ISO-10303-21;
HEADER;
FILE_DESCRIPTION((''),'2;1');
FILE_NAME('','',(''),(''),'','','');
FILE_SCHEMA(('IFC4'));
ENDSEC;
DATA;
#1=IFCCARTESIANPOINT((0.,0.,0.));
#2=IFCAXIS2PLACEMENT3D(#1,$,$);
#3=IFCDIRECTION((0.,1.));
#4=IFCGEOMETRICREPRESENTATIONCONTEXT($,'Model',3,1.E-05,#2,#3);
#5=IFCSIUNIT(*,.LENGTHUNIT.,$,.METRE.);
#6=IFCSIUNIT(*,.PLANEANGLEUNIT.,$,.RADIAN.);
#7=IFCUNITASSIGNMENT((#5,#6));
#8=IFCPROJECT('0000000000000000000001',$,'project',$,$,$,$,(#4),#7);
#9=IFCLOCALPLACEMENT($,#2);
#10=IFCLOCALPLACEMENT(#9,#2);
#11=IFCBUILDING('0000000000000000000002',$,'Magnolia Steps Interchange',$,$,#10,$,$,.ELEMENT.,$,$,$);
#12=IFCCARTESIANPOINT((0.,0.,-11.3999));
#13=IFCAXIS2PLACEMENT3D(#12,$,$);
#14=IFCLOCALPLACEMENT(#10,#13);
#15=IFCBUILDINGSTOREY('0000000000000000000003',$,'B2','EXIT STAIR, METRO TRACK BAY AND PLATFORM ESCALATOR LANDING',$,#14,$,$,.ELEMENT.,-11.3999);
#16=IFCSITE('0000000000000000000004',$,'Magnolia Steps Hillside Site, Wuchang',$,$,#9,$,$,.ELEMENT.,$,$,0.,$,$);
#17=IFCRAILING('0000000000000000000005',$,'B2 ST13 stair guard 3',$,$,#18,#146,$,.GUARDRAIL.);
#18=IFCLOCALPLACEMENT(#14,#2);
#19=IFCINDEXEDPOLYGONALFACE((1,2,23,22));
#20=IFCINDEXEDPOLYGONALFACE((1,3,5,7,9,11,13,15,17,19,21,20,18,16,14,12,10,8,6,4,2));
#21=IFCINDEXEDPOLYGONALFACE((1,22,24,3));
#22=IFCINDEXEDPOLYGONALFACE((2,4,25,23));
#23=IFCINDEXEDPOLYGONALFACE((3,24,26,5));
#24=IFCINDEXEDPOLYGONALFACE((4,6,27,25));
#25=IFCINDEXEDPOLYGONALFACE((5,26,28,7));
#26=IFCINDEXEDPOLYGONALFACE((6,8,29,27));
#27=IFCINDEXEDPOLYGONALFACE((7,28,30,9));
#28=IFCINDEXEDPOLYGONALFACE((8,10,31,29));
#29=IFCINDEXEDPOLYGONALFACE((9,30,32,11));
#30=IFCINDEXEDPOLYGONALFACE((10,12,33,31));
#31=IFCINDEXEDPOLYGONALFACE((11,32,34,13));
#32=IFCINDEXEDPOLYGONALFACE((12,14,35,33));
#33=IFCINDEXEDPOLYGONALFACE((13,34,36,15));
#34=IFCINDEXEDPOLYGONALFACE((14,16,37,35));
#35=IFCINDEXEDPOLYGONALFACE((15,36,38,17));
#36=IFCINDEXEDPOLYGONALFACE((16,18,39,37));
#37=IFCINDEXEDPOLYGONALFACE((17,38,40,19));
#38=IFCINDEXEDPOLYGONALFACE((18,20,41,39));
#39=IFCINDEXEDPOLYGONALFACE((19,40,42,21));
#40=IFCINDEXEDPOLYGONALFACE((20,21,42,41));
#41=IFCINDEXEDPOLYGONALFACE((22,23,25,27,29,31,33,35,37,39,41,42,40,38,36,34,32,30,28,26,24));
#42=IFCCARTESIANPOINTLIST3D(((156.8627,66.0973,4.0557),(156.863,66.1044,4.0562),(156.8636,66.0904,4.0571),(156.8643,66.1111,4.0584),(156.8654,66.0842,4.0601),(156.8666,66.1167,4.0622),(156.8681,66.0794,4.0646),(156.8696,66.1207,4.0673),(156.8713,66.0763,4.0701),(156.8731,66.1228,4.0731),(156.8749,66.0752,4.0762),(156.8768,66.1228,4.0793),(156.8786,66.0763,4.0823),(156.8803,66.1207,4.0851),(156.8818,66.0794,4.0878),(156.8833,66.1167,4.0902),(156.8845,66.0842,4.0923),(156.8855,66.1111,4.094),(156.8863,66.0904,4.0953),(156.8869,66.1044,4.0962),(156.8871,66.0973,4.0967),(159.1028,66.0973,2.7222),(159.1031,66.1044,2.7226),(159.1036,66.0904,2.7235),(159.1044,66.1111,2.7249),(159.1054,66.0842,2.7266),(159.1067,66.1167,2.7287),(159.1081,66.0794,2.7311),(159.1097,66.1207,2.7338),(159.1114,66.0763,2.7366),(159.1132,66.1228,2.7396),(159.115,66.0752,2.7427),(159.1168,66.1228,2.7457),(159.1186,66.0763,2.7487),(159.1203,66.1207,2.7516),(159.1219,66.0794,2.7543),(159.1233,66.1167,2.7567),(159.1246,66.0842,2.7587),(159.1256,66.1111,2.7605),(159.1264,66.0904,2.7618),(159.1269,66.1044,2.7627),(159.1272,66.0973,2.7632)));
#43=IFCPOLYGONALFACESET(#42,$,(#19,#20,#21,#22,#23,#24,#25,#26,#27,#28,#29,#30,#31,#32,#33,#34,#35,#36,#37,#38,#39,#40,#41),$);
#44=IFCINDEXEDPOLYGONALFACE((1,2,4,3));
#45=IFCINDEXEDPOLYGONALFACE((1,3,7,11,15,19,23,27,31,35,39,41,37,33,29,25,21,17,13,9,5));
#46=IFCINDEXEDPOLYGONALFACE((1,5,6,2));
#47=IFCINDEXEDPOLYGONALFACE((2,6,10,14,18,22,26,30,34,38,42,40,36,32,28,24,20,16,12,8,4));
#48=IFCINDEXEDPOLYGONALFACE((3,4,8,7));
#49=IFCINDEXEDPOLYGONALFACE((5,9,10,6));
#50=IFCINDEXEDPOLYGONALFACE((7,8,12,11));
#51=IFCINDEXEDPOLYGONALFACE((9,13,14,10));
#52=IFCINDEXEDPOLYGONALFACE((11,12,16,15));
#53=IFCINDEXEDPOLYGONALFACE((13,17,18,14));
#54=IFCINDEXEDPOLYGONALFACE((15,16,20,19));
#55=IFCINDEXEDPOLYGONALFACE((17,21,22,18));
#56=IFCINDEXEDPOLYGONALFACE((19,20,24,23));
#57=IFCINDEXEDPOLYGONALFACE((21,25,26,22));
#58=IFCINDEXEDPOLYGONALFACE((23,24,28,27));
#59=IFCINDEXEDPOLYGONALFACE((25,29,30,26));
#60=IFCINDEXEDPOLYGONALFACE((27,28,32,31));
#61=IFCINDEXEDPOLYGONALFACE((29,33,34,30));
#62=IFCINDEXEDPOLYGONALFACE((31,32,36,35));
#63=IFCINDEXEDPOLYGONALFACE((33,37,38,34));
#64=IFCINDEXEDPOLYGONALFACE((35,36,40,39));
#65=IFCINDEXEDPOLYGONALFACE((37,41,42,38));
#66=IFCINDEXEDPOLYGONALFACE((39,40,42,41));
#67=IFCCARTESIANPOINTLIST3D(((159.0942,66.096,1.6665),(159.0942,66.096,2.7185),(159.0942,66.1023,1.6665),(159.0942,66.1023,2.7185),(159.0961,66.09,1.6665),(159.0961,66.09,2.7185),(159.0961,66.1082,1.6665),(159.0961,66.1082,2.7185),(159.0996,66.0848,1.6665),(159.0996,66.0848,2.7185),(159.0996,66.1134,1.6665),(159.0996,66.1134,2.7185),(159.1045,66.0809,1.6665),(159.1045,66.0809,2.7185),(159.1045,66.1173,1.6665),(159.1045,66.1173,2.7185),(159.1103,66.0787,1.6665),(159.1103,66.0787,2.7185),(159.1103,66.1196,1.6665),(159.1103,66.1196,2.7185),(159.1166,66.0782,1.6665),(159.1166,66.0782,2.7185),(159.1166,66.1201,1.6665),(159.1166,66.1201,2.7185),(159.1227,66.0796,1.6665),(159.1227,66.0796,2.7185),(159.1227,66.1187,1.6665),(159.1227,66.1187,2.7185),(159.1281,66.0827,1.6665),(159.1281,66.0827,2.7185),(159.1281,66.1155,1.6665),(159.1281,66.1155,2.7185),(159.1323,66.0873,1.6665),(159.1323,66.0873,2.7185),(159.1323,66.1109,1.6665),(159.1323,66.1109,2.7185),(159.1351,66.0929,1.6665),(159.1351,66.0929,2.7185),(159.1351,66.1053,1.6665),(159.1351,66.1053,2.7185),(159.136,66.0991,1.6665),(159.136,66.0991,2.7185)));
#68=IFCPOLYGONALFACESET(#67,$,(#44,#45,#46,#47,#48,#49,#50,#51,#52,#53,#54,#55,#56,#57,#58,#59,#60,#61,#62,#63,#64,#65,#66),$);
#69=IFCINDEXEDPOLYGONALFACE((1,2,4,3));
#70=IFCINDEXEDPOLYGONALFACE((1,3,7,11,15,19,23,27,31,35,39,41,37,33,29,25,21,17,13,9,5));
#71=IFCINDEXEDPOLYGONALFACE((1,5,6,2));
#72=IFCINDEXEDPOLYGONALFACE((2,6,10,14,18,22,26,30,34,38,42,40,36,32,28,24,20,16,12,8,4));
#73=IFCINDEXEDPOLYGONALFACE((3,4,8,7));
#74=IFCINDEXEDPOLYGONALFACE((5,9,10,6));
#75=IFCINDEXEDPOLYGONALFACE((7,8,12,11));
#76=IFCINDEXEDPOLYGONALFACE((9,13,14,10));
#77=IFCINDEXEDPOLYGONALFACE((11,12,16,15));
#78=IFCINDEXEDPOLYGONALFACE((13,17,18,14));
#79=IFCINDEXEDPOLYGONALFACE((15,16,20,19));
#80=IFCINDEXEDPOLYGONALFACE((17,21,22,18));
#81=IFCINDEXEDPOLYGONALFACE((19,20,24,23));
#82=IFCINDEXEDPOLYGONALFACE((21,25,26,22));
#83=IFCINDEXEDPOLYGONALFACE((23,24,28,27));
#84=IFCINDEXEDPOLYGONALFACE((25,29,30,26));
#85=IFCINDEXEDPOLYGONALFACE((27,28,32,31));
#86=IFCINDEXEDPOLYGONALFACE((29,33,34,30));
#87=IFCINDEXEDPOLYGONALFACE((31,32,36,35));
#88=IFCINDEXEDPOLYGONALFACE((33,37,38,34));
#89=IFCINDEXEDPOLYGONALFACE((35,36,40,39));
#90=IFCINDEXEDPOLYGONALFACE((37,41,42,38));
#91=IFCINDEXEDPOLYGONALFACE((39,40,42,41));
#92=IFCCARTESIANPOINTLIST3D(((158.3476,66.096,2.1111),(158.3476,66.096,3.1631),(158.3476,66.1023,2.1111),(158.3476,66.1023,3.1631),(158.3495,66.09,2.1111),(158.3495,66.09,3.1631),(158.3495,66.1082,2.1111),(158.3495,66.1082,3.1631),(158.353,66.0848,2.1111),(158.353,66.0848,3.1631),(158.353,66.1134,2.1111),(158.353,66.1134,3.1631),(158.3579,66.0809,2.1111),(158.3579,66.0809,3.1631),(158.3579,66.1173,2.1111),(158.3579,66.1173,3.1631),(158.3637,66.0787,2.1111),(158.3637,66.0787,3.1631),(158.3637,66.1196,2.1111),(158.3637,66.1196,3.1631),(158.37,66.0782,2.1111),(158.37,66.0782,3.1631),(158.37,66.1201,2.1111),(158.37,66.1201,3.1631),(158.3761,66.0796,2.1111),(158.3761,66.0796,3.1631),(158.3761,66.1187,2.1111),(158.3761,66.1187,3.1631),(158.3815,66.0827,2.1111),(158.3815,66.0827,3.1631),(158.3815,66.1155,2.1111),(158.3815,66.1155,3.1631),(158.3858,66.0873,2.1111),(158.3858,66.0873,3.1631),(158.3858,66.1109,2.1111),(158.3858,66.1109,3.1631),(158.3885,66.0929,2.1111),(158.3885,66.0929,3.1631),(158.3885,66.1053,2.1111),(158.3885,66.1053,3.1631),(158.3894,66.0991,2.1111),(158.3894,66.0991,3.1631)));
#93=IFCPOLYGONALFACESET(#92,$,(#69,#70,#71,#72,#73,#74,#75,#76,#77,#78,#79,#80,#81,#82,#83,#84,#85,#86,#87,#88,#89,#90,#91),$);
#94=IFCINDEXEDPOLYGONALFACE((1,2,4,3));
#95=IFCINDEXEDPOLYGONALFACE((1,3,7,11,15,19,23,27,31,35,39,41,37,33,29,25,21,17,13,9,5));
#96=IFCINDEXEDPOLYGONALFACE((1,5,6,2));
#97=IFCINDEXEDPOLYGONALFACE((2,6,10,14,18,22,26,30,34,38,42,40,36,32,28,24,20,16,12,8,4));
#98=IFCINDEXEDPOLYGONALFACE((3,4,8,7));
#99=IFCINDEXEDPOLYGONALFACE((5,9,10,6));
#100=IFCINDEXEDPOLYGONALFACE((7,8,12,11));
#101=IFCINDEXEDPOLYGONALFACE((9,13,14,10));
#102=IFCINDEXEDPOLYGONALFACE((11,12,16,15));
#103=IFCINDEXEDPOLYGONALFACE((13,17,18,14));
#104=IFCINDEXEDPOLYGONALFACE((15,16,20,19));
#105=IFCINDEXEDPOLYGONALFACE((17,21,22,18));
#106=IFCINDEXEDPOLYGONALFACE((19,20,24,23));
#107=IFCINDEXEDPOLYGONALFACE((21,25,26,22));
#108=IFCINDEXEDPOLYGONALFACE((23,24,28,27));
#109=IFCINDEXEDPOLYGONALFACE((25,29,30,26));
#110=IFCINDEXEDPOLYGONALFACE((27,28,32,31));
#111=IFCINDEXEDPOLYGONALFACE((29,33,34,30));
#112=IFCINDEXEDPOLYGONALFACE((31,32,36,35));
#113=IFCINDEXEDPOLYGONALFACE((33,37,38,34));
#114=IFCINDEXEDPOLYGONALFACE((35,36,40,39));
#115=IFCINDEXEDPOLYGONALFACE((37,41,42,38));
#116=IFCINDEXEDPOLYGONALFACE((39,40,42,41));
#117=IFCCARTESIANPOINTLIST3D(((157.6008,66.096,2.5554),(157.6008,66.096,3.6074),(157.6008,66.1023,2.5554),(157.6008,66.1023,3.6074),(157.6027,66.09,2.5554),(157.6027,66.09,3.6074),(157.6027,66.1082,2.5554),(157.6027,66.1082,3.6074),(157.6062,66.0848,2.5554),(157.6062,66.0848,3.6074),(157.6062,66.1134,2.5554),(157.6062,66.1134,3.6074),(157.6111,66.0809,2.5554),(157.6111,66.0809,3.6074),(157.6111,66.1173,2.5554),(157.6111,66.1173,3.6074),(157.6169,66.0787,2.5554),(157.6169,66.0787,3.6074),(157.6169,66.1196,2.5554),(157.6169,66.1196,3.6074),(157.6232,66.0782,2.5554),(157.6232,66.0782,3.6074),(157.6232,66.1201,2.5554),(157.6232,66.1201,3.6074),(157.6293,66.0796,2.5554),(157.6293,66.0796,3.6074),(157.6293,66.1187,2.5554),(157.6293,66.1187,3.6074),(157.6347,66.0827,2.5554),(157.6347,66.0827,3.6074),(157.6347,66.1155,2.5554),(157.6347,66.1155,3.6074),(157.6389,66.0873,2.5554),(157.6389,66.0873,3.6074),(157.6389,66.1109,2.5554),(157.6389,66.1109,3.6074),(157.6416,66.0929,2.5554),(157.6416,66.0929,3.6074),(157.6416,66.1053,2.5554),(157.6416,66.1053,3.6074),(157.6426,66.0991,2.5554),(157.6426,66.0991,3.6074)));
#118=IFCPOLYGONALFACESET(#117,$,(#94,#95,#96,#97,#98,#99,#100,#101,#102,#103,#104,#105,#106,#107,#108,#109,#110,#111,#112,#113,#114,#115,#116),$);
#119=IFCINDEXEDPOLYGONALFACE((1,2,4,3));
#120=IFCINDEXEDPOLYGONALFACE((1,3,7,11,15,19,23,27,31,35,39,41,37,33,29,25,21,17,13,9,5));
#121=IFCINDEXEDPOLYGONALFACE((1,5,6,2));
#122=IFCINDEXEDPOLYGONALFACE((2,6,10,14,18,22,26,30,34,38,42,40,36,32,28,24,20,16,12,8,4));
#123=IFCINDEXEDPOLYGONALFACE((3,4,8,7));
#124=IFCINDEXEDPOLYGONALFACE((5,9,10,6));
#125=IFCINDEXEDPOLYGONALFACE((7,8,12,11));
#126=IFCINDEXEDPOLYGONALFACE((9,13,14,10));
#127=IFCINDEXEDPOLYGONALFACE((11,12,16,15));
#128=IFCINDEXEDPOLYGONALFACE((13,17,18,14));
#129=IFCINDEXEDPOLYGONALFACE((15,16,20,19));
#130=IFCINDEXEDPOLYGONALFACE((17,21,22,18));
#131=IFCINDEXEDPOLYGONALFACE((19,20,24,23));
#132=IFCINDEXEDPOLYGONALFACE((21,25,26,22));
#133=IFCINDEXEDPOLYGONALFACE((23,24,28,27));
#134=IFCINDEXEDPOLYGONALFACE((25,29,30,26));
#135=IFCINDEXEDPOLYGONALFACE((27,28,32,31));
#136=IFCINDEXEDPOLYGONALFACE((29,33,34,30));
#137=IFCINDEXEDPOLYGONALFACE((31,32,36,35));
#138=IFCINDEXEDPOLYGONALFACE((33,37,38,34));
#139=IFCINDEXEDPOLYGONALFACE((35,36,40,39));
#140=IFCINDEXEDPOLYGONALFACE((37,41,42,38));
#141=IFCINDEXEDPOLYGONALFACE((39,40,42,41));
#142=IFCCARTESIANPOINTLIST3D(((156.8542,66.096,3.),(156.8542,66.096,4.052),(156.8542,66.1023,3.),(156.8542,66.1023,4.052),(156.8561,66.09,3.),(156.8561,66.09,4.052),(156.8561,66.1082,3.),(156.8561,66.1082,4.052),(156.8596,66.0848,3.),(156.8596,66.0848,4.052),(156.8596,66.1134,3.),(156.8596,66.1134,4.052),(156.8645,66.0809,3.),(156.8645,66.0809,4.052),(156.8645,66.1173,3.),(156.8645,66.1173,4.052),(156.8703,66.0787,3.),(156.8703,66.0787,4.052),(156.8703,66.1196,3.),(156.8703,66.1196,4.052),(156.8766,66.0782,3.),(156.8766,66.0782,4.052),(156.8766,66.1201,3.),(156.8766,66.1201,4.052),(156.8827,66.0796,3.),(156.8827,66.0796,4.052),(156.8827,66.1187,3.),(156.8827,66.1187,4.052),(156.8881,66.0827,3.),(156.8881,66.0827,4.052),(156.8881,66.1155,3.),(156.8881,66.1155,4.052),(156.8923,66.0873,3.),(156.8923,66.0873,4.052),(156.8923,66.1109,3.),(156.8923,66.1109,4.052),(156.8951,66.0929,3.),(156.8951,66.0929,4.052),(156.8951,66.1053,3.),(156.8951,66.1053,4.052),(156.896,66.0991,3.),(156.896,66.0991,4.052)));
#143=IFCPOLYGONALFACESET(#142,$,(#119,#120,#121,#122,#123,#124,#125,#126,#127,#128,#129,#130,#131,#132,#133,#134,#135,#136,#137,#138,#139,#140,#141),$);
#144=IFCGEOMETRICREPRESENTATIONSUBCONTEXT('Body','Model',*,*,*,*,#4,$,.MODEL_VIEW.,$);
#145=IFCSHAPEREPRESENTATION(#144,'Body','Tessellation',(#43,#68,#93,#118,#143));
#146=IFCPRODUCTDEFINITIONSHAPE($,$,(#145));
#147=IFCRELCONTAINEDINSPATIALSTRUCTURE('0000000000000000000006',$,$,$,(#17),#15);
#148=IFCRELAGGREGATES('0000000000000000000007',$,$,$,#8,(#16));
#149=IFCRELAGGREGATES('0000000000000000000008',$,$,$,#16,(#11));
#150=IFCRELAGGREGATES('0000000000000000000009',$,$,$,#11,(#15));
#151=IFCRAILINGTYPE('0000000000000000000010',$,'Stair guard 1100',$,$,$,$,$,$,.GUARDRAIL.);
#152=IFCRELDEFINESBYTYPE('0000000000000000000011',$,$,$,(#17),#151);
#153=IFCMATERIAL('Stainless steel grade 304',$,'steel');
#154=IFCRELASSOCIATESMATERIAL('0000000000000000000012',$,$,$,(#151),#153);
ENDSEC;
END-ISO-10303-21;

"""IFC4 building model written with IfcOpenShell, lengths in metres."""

from ifc_helpers import new_model, si_unit, direction, frame, origin, origin_2d, place, context, subcontext, project, spatial, circle, extrude, material, type_object, element, save


model = new_model("IFC4")

# Units and contexts
model_context = context("Model", 3, precision=1e-05, world=origin(), true_north=direction((0.0, 1.0)))
body_context = subcontext(model_context, "Body", "Model", "MODEL_VIEW")
ifc_project = project(units=[si_unit("LENGTHUNIT", "METRE"), si_unit("PLANEANGLEUNIT", "RADIAN")], contexts=[model_context])

# Site, building, storey
site_placement = place(None, origin())
site = spatial("IfcSite", under=ifc_project, at=site_placement, Name="Magnolia Steps Hillside Site, Wuchang", CompositionType="ELEMENT", RefElevation=0.0)
building_placement = place(site_placement, origin())
building = spatial("IfcBuilding", under=site, at=building_placement, Name="Magnolia Steps Interchange", CompositionType="ELEMENT")
storey_placement = place(building_placement, frame((0.0, 0.0, -11.3999)))
storey = spatial("IfcBuildingStorey", under=building, at=storey_placement, Name="B2", Description="EXIT STAIR, METRO TRACK BAY AND PLATFORM ESCALATOR LANDING", CompositionType="ELEMENT", Elevation=-11.3999)

# Railing
ifc_material_1 = material(Name="Stainless steel grade 304", Category="steel")
railing_type_1 = type_object("IfcRailingType", Name="Stair guard 1100", PredefinedType="GUARDRAIL", material=ifc_material_1)
railing_1_placement = place(storey_placement, frame((159.115, 66.0991, 1.6665)))
element("IfcRailing", 1, at=railing_1_placement, inside=storey, type_object=railing_type_1, Name="B2 ST13 stair guard 3", PredefinedType="GUARDRAIL", context=body_context, shape_type="SweptSolid", body=[
    extrude(circle(Radius=0.0239, at=origin_2d()), frame((0.0, 0.0, 1.0762), z_axis=(-0.859264, 0.0, 0.511532), x_axis=(0.0, -1.0, 0.0)), (0.0, 0.0, 1.0), 2.6069),
    extrude(circle(Radius=0.021, at=origin_2d()), origin(), (0.0, 0.0, 1.0), 1.052),
    extrude(circle(Radius=0.021, at=origin_2d()), frame((-0.7466, 0.0, 0.4446)), (0.0, 0.0, 1.0), 1.052),
    extrude(circle(Radius=0.021, at=origin_2d()), frame((-1.4934, 0.0, 0.8889)), (0.0, 0.0, 1.0), 1.052),
    extrude(circle(Radius=0.021, at=origin_2d()), frame((-2.24, 0.0, 1.3335)), (0.0, 0.0, 1.0), 1.052),
])

save(model, "model.ifc")
